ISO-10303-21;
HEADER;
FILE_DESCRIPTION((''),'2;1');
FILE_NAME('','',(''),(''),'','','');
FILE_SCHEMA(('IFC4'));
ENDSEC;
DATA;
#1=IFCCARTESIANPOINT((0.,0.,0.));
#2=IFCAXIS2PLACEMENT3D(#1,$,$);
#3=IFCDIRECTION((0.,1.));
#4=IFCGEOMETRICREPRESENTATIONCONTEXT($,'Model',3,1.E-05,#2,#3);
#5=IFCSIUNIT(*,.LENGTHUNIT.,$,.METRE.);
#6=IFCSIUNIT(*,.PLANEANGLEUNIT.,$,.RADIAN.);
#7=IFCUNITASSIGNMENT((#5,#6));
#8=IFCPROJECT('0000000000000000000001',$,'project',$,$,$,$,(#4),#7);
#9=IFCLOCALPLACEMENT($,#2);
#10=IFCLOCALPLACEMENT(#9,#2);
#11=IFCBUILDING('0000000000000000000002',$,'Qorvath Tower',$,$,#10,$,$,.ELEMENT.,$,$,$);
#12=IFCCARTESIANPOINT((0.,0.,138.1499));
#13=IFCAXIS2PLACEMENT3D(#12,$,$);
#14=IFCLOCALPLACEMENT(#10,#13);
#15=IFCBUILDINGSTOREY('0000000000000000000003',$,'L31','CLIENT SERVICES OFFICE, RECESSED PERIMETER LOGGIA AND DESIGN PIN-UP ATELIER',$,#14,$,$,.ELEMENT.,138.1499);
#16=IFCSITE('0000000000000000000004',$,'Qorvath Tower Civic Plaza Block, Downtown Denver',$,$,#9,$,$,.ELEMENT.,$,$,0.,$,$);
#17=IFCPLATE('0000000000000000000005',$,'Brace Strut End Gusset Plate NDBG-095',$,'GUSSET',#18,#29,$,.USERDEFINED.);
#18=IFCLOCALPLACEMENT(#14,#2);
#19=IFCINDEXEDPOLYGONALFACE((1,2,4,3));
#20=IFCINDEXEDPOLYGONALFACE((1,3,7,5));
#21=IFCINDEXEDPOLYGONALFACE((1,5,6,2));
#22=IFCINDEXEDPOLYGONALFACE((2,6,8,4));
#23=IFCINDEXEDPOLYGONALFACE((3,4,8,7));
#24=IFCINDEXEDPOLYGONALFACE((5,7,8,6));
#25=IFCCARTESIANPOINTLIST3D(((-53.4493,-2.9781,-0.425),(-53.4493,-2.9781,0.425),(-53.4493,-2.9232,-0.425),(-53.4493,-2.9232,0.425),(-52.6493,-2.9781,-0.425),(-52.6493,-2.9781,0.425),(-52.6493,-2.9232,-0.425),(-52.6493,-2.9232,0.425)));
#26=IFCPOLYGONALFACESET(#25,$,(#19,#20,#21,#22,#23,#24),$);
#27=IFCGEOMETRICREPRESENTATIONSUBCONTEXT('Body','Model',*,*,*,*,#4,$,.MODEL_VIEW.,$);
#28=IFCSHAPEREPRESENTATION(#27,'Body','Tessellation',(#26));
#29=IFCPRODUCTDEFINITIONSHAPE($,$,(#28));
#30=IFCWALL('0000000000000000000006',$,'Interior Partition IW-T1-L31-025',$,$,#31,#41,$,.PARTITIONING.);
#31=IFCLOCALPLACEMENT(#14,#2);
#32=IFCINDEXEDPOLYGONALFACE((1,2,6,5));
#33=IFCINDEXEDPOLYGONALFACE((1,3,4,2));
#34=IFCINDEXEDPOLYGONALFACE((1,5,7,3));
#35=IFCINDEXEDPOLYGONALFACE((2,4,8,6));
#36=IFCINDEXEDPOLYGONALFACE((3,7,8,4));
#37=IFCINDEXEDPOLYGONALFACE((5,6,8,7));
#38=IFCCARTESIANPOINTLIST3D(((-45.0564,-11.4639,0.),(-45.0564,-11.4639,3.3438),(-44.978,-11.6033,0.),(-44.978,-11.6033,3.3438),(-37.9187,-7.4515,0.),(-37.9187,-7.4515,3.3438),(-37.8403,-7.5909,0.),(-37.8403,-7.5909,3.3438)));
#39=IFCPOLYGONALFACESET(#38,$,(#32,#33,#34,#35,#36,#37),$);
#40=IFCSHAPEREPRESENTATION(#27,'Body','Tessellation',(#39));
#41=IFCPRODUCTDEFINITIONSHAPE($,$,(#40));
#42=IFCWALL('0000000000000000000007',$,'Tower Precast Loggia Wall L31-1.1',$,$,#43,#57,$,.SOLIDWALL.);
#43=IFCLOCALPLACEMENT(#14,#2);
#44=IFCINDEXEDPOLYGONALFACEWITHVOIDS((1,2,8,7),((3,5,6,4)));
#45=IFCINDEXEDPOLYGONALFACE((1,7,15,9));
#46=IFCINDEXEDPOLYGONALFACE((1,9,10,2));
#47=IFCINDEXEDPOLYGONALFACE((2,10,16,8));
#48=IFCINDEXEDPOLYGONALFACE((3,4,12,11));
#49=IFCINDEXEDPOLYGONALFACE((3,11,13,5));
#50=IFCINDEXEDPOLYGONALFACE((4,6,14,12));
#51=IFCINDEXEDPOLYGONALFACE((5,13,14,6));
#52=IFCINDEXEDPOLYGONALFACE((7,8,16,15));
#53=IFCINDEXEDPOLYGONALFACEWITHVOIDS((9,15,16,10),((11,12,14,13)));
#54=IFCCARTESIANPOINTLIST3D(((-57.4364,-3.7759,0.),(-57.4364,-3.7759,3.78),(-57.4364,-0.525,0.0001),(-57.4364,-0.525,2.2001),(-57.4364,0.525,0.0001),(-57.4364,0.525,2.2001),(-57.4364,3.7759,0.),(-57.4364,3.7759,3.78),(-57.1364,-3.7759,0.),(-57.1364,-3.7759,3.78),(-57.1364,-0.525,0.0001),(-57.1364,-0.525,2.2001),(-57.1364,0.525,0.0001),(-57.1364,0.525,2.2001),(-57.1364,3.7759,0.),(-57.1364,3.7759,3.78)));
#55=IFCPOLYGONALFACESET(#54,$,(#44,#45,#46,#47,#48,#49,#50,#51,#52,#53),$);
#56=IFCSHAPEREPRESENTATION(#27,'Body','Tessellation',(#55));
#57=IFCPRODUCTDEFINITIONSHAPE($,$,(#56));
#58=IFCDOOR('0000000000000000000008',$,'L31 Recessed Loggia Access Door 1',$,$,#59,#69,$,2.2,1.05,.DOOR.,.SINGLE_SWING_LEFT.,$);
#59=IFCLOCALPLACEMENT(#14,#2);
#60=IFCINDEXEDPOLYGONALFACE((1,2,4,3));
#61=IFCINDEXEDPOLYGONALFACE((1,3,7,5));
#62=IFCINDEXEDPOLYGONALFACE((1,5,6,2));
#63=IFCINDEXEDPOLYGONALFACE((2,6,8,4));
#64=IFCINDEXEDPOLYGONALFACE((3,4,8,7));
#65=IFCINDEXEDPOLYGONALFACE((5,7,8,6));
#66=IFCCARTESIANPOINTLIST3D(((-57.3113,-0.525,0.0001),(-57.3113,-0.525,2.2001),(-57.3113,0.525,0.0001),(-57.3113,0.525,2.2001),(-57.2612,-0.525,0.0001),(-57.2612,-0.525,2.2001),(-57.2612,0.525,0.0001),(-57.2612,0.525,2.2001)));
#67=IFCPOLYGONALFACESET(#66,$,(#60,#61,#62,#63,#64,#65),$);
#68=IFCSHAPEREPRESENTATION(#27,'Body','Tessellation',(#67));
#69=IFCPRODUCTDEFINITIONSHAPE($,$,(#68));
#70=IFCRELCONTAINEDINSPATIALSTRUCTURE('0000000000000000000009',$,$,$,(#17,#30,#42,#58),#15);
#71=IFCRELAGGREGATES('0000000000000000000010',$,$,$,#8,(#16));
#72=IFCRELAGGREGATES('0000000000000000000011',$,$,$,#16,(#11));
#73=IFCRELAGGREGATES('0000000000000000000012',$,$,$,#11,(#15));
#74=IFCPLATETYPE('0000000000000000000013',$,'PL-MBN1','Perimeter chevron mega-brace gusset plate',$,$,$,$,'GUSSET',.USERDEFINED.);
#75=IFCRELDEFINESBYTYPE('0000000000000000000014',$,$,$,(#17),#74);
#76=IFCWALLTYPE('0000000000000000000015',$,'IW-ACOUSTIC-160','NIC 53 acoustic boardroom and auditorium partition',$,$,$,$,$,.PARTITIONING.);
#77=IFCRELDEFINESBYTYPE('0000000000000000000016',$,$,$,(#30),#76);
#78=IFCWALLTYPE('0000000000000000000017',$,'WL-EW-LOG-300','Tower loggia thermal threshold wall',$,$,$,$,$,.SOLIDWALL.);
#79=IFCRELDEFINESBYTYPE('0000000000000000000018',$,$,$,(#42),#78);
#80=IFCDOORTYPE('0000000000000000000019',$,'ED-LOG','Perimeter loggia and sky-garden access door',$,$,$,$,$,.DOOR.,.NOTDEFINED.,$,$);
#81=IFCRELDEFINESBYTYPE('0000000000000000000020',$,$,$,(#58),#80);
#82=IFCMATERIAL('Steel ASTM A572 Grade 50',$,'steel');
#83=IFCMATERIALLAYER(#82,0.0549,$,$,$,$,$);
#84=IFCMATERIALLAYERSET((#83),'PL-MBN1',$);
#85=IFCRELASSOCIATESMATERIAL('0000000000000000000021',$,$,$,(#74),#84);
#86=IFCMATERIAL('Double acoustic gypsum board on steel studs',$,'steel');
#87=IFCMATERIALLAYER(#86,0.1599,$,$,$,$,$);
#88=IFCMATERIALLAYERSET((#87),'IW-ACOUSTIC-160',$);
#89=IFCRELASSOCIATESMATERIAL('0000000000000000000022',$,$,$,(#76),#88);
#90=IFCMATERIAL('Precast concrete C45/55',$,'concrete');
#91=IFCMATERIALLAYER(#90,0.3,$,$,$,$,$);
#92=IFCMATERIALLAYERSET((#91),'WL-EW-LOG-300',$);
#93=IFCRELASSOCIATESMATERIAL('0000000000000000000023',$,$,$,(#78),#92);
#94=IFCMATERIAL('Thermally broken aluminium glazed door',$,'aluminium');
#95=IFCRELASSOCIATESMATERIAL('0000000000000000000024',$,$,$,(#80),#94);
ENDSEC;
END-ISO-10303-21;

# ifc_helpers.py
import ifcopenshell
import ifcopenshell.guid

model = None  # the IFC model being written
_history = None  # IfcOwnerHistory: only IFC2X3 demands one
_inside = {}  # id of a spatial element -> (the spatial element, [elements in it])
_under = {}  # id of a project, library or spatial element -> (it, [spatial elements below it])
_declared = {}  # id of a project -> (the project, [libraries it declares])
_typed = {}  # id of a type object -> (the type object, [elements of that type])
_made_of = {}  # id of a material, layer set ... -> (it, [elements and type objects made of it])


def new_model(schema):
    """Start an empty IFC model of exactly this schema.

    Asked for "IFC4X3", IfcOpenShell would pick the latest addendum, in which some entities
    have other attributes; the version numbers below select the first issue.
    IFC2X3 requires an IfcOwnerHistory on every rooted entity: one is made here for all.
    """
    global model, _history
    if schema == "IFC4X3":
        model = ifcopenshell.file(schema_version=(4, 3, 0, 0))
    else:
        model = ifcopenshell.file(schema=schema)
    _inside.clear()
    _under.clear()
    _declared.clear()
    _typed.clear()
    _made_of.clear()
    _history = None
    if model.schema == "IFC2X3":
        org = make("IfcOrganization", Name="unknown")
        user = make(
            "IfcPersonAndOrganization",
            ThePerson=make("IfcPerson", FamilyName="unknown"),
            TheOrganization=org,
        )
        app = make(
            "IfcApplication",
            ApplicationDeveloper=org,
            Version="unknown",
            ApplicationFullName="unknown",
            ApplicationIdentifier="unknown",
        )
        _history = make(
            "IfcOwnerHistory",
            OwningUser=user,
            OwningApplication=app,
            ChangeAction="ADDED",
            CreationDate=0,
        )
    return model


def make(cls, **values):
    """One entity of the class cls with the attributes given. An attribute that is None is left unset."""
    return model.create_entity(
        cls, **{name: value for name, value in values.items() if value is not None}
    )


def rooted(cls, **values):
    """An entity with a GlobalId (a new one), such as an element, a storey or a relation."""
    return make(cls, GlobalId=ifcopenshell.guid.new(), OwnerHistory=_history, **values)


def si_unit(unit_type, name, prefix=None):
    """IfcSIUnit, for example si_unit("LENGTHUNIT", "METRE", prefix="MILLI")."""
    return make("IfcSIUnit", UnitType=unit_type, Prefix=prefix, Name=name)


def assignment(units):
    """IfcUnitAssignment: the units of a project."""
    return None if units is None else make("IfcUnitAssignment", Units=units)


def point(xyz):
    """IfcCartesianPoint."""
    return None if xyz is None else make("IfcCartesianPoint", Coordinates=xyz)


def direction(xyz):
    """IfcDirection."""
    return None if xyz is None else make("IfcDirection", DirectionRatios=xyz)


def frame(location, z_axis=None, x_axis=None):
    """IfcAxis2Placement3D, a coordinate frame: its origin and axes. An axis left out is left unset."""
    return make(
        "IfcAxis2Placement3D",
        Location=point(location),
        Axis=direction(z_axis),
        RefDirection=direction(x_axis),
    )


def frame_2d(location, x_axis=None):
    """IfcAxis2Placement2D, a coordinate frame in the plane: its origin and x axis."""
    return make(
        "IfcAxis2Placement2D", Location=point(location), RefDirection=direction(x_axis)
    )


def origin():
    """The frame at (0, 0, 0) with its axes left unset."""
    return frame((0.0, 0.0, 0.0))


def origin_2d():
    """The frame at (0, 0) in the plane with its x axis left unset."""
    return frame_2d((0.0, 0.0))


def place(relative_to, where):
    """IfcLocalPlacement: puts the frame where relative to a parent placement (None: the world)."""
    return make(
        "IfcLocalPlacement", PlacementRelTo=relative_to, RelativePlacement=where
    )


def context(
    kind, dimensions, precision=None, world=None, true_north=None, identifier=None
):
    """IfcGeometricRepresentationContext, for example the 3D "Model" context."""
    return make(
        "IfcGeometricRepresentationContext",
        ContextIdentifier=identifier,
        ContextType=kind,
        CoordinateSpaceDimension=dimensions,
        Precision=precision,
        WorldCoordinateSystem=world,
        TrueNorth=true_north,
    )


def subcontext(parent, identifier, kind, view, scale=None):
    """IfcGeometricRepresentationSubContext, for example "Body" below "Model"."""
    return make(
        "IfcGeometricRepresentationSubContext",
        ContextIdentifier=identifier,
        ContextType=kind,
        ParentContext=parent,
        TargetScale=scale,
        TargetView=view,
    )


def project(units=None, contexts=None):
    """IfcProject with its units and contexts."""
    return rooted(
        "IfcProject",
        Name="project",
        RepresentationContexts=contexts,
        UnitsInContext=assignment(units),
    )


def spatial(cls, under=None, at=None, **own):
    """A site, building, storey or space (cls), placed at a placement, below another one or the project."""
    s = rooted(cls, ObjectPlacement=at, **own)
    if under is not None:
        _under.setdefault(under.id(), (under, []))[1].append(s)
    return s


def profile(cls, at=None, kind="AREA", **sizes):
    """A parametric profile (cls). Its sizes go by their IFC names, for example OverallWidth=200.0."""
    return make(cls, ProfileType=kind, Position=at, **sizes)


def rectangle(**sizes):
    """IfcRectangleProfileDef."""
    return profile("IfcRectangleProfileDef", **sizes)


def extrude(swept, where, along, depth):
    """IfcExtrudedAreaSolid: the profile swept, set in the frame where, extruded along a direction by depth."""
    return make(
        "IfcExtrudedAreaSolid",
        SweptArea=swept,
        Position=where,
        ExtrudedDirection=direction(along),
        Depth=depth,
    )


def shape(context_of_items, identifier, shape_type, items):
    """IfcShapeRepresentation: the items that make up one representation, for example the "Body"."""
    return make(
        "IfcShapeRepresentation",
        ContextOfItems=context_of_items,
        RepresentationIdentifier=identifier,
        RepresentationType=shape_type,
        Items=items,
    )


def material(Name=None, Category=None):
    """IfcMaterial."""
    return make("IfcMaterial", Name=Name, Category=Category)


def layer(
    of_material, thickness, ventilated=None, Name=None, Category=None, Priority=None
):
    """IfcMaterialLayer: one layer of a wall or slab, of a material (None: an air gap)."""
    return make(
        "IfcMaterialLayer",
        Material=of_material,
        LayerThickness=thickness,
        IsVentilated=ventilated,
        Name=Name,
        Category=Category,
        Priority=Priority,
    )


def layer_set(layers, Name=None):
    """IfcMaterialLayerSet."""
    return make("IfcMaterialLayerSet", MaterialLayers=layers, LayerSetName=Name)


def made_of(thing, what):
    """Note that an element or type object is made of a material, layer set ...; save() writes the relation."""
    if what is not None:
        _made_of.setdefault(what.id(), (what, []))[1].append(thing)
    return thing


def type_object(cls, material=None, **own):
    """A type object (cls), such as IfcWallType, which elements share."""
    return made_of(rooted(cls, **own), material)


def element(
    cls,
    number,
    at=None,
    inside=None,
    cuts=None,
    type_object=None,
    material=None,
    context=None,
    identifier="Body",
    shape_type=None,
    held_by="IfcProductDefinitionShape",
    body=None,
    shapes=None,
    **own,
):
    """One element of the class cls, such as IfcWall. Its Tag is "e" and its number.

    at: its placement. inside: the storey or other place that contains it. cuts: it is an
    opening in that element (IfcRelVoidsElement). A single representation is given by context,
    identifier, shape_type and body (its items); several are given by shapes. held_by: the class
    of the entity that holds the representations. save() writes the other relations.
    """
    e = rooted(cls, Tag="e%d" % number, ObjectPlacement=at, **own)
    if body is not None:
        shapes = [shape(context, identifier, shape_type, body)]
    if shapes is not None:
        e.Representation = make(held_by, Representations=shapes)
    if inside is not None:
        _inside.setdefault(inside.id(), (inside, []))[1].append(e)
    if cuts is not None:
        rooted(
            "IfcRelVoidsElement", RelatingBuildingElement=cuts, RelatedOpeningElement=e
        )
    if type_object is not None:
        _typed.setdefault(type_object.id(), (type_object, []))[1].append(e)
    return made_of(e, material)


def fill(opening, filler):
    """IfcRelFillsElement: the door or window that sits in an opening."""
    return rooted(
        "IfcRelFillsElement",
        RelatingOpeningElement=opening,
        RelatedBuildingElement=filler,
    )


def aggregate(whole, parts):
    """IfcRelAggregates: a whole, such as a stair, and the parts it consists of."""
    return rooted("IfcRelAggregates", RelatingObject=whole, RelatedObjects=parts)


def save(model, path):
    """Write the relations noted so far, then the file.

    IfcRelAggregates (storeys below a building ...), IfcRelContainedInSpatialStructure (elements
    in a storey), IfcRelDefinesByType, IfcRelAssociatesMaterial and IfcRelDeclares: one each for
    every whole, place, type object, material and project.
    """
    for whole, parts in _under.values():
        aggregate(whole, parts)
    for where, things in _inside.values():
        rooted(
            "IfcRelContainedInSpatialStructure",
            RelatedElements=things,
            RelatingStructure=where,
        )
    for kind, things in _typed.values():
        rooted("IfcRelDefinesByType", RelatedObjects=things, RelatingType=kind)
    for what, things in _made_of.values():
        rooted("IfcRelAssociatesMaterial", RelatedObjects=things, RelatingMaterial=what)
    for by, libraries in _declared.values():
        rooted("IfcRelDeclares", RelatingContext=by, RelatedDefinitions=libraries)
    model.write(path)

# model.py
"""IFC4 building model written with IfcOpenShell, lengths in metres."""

from ifc_helpers import new_model, si_unit, direction, frame, frame_2d, origin, origin_2d, place, context, subcontext, project, spatial, rectangle, extrude, material, layer, layer_set, type_object, element, fill, save


model = new_model("IFC4")

# Units and contexts
model_context = context("Model", 3, precision=1e-05, world=origin(), true_north=direction((0.0, 1.0)))
body_context = subcontext(model_context, "Body", "Model", "MODEL_VIEW")
ifc_project = project(units=[si_unit("LENGTHUNIT", "METRE"), si_unit("PLANEANGLEUNIT", "RADIAN")], contexts=[model_context])

# Site, building, storey
site_placement = place(None, origin())
site = spatial("IfcSite", under=ifc_project, at=site_placement, Name="Qorvath Tower Civic Plaza Block, Downtown Denver", CompositionType="ELEMENT", RefElevation=0.0)
building_placement = place(site_placement, origin())
building = spatial("IfcBuilding", under=site, at=building_placement, Name="Qorvath Tower", CompositionType="ELEMENT")
storey_placement = place(building_placement, frame((0.0, 0.0, 138.1499)))
storey = spatial("IfcBuildingStorey", under=building, at=storey_placement, Name="L31", Description="CLIENT SERVICES OFFICE, RECESSED PERIMETER LOGGIA AND DESIGN PIN-UP ATELIER", CompositionType="ELEMENT", Elevation=138.1499)

# Plate
ifc_material_1 = material(Name="Steel ASTM A572 Grade 50", Category="steel")
ifc_layer_1 = layer(ifc_material_1, 0.0549)
ifc_layer_set_1 = layer_set([ifc_layer_1], Name="PL-MBN1")
plate_type_1 = type_object("IfcPlateType", Name="PL-MBN1", Description="Perimeter chevron mega-brace gusset plate", ElementType="GUSSET", PredefinedType="USERDEFINED", material=ifc_layer_set_1)
plate_1_placement = place(storey_placement, frame((-53.0493, -2.9507, -0.425), z_axis=(0.0, 0.0, 1.0), x_axis=(1.0, 0.0, 0.0)))
element("IfcPlate", 1, at=plate_1_placement, inside=storey, type_object=plate_type_1, Name="Brace Strut End Gusset Plate NDBG-095", ObjectType="GUSSET", PredefinedType="USERDEFINED", context=body_context, shape_type="SweptSolid", body=[
    extrude(rectangle(XDim=0.8, YDim=0.0549, at=origin_2d()), origin(), (0.0, 0.0, 1.0), 0.8501),
])

# Wall
ifc_material_2 = material(Name="Double acoustic gypsum board on steel studs", Category="steel")
ifc_layer_2 = layer(ifc_material_2, 0.1599)
ifc_layer_set_2 = layer_set([ifc_layer_2], Name="IW-ACOUSTIC-160")
wall_type_1 = type_object("IfcWallType", Name="IW-ACOUSTIC-160", Description="NIC 53 acoustic boardroom and auditorium partition", PredefinedType="PARTITIONING", material=ifc_layer_set_2)
wall_1_placement = place(storey_placement, frame((-45.0173, -11.5337, 0.0), z_axis=(0.0, 0.0, 1.0), x_axis=(0.871706, 0.490029, 0.0)))
element("IfcWall", 2, at=wall_1_placement, inside=storey, type_object=wall_type_1, Name="Interior Partition IW-T1-L31-025", PredefinedType="PARTITIONING", context=body_context, shape_type="SweptSolid", body=[
    extrude(rectangle(XDim=8.1882, YDim=0.1599, at=frame_2d((4.0942, 0.0))), origin(), (0.0, 0.0, 1.0), 3.3438),
])

# Wall, opening, door
ifc_material_3 = material(Name="Precast concrete C45/55", Category="concrete")
ifc_layer_3 = layer(ifc_material_3, 0.3)
ifc_layer_set_3 = layer_set([ifc_layer_3], Name="WL-EW-LOG-300")
wall_type_2 = type_object("IfcWallType", Name="WL-EW-LOG-300", Description="Tower loggia thermal threshold wall", PredefinedType="SOLIDWALL", material=ifc_layer_set_3)
wall_2_placement = place(storey_placement, frame((-57.2864, -3.7759, 0.0), z_axis=(0.0, 0.0, 1.0), x_axis=(0.0, 1.0, 0.0)))
wall_2 = element("IfcWall", 3, at=wall_2_placement, inside=storey, type_object=wall_type_2, Name="Tower Precast Loggia Wall L31-1.1", PredefinedType="SOLIDWALL", context=body_context, shape_type="SweptSolid", body=[
    extrude(rectangle(XDim=7.5518, YDim=0.3, at=frame_2d((3.7759, 0.0))), origin(), (0.0, 0.0, 1.0), 3.78),
])
opening_placement = place(wall_2_placement, frame((3.251, 0.0, 0.0)))
opening = element("IfcOpeningElement", 4, at=opening_placement, cuts=wall_2, PredefinedType="OPENING", context=body_context, shape_type="SweptSolid", body=[
    extrude(rectangle(XDim=1.05, YDim=2.2, at=frame_2d((0.5249, 1.1001))), frame((0.0, 0.1602, 0.0), z_axis=(0.0, -1.0, 0.0), x_axis=(1.0, 0.0, 0.0)), (0.0, 0.0, 1.0), 0.3201),
])
ifc_material_4 = material(Name="Thermally broken aluminium glazed door", Category="aluminium")
door_type = type_object("IfcDoorType", Name="ED-LOG", Description="Perimeter loggia and sky-garden access door", OperationType="NOTDEFINED", PredefinedType="DOOR", material=ifc_material_4)
door_placement = place(opening_placement, origin())
door = element("IfcDoor", 5, at=door_placement, inside=storey, type_object=door_type, Name="L31 Recessed Loggia Access Door 1", OperationType="SINGLE_SWING_LEFT", OverallHeight=2.2, OverallWidth=1.05, PredefinedType="DOOR", context=body_context, shape_type="SweptSolid", body=[
    extrude(rectangle(XDim=1.05, YDim=2.2, at=frame_2d((0.5249, 1.1001))), frame((0.0, 0.0249, 0.0), z_axis=(0.0, -1.0, 0.0), x_axis=(1.0, 0.0, 0.0)), (0.0, 0.0, 1.0), 0.05),
])
fill(opening, door)

save(model, "model.ifc")
